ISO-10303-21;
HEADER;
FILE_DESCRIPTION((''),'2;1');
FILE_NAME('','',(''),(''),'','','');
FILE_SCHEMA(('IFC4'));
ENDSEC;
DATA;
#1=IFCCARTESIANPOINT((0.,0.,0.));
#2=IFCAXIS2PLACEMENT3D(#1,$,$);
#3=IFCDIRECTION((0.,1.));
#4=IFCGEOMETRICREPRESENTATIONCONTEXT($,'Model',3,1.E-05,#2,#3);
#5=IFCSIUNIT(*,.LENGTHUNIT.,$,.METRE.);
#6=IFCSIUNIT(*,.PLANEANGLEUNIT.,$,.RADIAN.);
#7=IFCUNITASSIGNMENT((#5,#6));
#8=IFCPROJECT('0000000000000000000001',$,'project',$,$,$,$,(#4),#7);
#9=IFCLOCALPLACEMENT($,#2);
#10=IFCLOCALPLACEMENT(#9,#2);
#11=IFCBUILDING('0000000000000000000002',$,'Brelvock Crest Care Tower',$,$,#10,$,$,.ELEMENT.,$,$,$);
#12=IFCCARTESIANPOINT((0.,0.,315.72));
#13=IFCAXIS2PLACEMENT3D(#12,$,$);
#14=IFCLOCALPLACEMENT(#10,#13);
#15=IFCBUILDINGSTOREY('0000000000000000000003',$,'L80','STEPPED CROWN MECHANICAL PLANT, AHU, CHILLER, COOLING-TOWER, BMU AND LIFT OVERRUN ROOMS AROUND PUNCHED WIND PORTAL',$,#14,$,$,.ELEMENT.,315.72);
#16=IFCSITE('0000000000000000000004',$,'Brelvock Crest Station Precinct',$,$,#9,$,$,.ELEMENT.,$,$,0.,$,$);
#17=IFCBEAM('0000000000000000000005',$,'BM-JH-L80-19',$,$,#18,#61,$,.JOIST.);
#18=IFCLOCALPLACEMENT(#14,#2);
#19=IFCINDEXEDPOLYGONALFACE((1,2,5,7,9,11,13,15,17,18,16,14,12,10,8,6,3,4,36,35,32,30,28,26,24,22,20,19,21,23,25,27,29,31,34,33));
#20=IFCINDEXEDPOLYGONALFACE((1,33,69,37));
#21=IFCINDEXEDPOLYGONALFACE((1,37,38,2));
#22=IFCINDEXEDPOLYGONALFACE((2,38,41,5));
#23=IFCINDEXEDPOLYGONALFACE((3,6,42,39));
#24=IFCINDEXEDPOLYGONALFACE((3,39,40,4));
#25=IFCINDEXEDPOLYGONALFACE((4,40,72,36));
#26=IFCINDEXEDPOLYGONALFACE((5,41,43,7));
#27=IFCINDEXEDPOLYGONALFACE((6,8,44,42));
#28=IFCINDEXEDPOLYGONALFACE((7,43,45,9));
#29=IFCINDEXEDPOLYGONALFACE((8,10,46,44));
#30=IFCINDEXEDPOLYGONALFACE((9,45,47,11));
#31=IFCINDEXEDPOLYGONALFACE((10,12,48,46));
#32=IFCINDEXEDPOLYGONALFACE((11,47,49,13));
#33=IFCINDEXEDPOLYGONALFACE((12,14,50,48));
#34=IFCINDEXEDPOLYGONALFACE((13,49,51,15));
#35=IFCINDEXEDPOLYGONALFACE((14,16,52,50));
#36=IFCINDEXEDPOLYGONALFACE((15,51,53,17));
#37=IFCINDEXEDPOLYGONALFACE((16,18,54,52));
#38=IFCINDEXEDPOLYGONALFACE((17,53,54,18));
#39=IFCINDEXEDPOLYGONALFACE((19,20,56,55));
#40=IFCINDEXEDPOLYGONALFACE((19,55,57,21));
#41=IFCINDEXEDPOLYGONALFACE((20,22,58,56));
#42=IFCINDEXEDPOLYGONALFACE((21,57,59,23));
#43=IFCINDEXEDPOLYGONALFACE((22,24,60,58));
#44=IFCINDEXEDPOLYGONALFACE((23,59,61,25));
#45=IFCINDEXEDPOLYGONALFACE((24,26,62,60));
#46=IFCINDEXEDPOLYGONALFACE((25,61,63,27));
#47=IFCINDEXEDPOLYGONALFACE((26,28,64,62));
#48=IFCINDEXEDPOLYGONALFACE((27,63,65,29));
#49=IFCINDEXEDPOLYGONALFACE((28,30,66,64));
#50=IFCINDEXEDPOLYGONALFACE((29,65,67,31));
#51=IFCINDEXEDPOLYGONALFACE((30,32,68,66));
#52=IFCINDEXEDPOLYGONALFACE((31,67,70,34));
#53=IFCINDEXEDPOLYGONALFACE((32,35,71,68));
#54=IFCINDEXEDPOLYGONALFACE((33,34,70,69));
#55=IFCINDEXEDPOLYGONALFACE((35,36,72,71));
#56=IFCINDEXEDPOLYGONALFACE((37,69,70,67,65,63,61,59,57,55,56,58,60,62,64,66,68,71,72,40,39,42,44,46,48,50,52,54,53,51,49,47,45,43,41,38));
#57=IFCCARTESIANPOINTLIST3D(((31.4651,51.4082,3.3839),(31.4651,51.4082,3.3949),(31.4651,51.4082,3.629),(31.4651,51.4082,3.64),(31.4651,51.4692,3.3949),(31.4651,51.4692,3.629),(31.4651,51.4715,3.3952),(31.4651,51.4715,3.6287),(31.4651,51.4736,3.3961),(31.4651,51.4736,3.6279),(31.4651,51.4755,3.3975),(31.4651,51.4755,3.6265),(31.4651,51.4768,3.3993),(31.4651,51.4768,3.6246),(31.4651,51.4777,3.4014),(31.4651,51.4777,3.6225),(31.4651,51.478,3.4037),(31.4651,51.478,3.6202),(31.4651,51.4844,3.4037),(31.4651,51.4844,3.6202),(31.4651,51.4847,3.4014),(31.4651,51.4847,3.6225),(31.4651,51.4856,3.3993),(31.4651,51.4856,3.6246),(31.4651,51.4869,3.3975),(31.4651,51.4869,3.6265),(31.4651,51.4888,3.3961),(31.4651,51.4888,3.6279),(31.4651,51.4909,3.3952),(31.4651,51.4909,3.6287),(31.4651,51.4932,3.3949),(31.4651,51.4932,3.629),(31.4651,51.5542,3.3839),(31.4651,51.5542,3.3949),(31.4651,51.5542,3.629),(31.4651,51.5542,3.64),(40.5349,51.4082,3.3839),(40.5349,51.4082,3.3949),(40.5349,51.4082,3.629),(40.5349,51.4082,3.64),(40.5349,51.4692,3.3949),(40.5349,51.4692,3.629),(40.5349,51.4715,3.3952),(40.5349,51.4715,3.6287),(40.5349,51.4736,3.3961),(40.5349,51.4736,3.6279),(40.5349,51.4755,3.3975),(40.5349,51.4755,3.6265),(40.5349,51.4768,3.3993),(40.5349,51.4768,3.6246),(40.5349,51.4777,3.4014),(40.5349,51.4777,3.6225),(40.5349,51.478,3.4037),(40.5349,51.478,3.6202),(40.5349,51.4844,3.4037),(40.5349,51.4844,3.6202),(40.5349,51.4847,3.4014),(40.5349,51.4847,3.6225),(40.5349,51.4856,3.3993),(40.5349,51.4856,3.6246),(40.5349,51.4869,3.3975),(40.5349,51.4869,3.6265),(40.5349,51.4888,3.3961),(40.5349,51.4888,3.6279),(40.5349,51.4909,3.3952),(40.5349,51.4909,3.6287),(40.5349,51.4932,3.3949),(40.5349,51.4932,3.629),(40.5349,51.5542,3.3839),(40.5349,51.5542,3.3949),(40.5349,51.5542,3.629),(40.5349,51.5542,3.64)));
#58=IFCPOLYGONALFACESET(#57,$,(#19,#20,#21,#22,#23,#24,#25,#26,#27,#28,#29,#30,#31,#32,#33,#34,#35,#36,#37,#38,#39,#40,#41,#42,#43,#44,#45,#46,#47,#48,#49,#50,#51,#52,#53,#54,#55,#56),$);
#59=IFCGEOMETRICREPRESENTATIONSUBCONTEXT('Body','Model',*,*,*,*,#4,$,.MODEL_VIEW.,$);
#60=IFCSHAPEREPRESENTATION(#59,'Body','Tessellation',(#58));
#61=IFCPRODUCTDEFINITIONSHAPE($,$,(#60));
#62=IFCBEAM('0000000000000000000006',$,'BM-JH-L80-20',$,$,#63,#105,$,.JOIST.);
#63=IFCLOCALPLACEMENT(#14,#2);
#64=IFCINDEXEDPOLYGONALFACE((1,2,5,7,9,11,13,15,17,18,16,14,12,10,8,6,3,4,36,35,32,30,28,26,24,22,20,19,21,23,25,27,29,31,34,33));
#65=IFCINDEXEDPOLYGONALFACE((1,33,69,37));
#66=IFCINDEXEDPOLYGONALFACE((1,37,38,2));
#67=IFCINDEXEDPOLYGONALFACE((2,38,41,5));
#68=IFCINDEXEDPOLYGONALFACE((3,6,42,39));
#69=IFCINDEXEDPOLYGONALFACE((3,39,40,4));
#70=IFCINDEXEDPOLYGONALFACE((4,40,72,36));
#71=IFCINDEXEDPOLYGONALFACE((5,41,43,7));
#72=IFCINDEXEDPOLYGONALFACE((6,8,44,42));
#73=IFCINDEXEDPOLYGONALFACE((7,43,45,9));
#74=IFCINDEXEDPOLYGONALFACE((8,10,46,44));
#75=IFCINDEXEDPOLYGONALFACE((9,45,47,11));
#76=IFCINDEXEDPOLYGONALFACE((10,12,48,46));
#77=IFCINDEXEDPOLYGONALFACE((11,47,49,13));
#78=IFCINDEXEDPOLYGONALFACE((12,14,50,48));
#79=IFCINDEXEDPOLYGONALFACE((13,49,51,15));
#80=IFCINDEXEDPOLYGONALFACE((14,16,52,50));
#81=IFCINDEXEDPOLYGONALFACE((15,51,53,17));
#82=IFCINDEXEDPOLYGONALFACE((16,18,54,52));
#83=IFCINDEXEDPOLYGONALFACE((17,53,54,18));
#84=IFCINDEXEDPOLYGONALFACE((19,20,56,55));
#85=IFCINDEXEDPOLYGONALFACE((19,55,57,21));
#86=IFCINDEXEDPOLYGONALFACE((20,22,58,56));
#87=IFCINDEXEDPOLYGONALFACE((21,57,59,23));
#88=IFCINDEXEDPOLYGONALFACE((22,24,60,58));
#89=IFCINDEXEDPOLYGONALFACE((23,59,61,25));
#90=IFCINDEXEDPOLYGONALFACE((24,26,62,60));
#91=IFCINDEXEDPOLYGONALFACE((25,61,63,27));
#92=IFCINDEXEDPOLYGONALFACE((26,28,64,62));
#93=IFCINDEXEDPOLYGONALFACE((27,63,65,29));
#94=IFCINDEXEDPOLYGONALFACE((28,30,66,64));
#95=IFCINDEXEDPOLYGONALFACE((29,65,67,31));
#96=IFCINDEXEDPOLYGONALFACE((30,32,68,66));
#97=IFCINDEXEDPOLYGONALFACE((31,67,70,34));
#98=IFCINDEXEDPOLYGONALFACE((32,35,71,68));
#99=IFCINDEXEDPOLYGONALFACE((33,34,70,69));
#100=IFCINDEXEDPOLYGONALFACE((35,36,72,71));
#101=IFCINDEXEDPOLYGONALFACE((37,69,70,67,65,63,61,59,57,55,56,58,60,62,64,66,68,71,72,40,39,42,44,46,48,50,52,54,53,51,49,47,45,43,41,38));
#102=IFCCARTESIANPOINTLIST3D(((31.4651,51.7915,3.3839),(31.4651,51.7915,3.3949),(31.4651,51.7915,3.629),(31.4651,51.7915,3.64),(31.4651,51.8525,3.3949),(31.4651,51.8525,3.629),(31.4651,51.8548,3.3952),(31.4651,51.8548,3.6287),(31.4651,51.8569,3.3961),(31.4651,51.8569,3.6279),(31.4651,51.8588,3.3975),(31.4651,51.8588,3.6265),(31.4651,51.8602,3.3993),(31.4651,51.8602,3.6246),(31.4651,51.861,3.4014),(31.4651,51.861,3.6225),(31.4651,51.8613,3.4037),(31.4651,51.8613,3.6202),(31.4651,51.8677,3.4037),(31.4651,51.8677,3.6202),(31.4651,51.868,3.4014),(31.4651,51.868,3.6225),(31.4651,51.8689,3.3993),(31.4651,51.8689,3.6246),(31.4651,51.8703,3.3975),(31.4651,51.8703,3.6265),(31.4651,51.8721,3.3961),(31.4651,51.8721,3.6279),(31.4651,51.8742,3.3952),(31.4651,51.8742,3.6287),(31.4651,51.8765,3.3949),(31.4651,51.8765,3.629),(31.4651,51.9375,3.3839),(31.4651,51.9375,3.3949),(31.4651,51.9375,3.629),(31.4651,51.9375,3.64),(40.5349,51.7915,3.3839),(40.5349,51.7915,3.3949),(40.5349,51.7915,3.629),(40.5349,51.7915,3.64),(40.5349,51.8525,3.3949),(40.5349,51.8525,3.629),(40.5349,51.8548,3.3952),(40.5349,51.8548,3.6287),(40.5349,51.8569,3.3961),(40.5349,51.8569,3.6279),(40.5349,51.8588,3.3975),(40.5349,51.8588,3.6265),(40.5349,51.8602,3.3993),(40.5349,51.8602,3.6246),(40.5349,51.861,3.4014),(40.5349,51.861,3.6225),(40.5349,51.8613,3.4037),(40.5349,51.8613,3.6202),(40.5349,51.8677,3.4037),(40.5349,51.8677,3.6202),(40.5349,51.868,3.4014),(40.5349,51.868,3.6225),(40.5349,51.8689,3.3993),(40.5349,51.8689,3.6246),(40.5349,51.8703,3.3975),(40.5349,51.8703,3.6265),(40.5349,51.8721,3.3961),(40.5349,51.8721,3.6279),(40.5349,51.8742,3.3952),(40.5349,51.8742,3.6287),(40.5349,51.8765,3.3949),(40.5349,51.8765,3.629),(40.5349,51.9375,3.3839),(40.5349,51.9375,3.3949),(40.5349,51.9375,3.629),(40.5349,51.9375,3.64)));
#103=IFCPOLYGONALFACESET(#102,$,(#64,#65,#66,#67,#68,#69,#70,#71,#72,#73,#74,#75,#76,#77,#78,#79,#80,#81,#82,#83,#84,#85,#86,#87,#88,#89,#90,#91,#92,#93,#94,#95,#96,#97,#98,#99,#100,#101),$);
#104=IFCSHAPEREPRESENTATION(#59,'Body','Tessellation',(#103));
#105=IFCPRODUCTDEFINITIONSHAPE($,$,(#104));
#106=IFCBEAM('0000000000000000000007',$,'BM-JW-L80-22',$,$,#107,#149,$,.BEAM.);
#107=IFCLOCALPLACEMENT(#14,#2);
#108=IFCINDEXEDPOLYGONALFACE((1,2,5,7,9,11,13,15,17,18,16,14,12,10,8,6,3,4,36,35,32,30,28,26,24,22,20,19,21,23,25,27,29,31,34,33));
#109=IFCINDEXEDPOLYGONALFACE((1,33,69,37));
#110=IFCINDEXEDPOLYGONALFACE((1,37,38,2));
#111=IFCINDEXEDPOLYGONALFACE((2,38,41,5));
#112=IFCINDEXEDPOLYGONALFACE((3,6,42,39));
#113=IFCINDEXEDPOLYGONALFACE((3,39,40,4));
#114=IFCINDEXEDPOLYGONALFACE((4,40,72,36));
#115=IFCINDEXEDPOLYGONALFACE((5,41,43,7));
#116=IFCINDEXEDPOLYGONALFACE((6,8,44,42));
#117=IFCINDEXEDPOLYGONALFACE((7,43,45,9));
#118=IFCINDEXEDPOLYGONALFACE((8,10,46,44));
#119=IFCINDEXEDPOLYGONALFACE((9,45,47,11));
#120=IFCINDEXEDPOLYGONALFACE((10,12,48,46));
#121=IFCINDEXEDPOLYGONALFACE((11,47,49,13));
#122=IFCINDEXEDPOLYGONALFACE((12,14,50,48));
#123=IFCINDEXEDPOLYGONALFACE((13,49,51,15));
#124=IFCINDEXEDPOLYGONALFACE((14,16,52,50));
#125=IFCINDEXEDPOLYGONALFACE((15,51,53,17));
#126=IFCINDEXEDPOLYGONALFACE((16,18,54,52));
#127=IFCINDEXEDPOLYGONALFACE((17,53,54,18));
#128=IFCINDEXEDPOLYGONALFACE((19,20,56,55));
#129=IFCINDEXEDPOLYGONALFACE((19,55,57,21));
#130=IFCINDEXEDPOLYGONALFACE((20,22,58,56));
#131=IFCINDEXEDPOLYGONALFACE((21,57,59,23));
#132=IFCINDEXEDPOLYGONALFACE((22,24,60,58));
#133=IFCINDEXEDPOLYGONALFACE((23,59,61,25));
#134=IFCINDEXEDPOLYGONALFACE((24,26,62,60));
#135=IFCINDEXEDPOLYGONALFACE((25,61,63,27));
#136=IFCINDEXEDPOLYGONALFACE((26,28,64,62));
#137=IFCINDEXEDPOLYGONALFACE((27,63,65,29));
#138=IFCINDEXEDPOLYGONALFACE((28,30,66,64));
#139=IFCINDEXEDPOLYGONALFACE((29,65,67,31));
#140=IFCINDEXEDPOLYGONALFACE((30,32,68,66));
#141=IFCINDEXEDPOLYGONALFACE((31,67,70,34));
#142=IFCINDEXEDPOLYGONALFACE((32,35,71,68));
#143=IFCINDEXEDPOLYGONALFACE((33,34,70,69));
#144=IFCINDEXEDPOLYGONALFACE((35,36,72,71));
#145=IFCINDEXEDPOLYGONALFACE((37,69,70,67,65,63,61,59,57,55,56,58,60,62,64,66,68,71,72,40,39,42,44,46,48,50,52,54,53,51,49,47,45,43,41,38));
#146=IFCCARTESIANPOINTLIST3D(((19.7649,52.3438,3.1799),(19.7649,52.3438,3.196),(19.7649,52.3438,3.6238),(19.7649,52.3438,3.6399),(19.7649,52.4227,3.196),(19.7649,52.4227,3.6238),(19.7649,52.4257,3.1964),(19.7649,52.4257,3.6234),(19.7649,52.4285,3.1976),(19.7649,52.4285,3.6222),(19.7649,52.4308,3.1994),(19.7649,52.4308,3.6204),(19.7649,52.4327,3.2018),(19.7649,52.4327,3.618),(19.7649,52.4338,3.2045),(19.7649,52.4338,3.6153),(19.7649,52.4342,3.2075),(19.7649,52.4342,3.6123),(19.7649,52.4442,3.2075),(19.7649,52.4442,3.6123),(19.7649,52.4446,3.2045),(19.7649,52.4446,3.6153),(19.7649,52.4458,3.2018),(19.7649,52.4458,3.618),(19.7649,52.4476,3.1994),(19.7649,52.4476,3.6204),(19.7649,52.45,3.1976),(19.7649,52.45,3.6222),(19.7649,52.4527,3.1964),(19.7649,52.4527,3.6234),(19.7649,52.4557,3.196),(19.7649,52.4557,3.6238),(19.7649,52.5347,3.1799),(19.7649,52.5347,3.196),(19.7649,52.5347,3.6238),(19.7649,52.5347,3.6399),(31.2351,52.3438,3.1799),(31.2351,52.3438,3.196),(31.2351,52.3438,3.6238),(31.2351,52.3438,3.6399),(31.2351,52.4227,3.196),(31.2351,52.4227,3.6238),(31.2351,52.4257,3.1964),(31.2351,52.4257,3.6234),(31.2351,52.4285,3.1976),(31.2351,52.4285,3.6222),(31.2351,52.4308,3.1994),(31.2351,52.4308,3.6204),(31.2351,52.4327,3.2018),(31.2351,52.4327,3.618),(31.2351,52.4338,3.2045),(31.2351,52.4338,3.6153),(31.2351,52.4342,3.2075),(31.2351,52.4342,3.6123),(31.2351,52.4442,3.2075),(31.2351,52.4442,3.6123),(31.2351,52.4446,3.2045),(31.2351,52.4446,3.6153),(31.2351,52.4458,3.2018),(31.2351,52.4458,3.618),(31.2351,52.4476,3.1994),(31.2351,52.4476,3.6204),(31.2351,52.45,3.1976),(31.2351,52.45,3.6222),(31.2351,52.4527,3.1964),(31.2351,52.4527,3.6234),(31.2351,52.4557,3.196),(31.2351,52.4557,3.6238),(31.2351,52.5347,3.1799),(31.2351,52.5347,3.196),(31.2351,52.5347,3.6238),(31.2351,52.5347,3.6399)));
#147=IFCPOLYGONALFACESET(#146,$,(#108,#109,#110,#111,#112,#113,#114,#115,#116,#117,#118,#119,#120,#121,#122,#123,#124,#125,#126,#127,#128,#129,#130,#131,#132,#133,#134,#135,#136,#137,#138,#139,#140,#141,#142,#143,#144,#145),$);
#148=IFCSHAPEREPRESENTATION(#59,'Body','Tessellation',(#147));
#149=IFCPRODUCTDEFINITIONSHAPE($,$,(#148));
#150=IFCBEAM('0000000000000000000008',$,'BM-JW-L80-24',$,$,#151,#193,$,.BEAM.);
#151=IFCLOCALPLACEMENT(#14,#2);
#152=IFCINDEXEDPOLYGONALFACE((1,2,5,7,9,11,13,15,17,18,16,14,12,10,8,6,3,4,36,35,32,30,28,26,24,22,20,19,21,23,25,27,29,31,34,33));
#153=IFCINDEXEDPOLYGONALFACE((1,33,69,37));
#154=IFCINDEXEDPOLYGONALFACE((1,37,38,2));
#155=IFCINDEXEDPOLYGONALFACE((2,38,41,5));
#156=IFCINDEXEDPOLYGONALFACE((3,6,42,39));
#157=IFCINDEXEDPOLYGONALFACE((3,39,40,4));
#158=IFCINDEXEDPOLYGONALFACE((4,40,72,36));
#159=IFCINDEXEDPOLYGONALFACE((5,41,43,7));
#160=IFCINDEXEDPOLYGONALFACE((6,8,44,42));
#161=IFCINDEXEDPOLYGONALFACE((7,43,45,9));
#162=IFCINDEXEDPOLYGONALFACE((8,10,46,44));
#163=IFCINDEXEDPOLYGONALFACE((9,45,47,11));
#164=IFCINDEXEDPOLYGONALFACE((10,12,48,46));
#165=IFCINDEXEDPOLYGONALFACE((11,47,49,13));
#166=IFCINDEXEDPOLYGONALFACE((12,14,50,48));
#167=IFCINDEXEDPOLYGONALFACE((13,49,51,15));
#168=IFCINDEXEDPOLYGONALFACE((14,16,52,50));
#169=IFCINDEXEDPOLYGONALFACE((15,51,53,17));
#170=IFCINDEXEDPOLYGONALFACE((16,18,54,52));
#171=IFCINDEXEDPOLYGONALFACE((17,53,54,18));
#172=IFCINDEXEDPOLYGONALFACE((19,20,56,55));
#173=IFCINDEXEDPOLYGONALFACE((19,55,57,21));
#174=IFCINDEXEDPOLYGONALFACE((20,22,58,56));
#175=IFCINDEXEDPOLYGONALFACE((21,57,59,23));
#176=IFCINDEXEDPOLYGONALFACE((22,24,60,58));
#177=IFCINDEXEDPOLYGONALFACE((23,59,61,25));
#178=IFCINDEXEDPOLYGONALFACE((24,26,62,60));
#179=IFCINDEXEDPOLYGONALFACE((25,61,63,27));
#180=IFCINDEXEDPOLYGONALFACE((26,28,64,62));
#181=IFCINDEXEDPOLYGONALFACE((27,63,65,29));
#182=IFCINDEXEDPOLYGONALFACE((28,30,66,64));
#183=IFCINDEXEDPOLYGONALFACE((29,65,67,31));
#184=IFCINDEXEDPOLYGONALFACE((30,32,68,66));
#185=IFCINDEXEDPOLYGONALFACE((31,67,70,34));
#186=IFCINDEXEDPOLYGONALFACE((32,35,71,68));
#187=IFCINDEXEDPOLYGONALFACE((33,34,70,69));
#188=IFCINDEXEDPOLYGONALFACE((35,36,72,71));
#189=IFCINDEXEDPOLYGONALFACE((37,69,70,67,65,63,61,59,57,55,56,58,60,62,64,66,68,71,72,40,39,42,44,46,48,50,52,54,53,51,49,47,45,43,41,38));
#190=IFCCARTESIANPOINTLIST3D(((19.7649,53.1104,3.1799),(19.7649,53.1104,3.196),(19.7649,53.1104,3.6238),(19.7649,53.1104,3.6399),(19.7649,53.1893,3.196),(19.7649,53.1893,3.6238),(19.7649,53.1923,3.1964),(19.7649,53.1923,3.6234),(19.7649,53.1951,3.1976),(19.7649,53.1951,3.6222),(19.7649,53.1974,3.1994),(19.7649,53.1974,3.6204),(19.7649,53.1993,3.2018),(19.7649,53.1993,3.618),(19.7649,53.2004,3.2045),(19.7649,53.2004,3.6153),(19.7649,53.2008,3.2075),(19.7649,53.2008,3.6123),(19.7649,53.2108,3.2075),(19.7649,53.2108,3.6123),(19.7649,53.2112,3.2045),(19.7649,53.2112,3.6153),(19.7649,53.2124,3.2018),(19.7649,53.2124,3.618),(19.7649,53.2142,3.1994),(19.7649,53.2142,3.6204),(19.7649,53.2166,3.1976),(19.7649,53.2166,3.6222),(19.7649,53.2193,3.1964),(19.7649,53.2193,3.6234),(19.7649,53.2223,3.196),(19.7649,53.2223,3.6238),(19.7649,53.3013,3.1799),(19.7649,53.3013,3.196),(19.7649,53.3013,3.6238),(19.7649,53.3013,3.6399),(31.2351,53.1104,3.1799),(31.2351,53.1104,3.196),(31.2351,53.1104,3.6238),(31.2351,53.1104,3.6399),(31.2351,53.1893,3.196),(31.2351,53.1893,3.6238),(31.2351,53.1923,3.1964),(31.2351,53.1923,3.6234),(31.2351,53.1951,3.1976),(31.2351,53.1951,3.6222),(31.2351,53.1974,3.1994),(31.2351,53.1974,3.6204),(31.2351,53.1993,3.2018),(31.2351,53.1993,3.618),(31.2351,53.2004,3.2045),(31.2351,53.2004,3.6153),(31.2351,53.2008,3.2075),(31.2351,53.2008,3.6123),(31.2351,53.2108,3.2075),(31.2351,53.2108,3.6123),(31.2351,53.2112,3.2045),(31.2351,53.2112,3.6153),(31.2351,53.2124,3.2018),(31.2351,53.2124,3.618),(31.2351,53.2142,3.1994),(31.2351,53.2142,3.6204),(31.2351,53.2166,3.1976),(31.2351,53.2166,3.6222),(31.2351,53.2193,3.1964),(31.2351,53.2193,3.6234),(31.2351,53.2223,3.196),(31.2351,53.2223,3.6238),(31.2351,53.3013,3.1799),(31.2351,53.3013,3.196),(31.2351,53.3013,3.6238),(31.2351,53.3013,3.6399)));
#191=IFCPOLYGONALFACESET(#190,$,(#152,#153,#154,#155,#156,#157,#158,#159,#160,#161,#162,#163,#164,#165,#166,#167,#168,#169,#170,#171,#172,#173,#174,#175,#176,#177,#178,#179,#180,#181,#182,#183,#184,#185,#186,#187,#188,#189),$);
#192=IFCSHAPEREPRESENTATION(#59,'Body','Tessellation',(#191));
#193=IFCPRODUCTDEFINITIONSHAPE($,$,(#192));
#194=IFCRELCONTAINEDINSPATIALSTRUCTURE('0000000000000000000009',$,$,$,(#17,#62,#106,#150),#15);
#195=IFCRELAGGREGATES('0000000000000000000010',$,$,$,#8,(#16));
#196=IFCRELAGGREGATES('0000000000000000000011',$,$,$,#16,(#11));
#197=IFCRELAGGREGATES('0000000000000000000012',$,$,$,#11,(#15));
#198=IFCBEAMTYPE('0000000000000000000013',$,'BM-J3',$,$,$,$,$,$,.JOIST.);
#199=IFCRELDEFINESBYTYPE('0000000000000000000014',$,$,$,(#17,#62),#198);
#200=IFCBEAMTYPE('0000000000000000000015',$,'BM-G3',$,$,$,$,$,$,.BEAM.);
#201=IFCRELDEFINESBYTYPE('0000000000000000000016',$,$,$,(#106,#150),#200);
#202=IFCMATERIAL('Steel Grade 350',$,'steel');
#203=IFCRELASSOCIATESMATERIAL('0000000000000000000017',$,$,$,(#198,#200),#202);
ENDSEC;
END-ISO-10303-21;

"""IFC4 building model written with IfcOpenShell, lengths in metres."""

from ifc_helpers import new_model, si_unit, direction, frame, origin, origin_2d, place, context, subcontext, project, spatial, i_section, extrude, source, transform, mapped, material, material_profile, profile_set, type_object, element, save


model = new_model("IFC4")

# Units and contexts
model_context = context("Model", 3, precision=1e-05, world=origin(), true_north=direction((0.0, 1.0)))
body_context = subcontext(model_context, "Body", "Model", "MODEL_VIEW")
ifc_project = project(units=[si_unit("LENGTHUNIT", "METRE"), si_unit("PLANEANGLEUNIT", "RADIAN")], contexts=[model_context])

# Site, building, storey
site_placement = place(None, origin())
site = spatial("IfcSite", under=ifc_project, at=site_placement, Name="Brelvock Crest Station Precinct", CompositionType="ELEMENT", RefElevation=0.0)
building_placement = place(site_placement, origin())
building = spatial("IfcBuilding", under=site, at=building_placement, Name="Brelvock Crest Care Tower", CompositionType="ELEMENT")
storey_placement = place(building_placement, frame((0.0, 0.0, 315.72)))
storey = spatial("IfcBuildingStorey", under=building, at=storey_placement, Name="L80", Description="STEPPED CROWN MECHANICAL PLANT, AHU, CHILLER, COOLING-TOWER, BMU AND LIFT OVERRUN ROOMS AROUND PUNCHED WIND PORTAL", CompositionType="ELEMENT", Elevation=315.72)

# Shared definitions
ifc_material_1 = material(Name="Steel Grade 350", Category="steel")

# Beams
ifc_material_profile_1 = material_profile(ifc_material_1, i_section(OverallWidth=0.146, OverallDepth=0.2561, WebThickness=0.0063, FlangeThickness=0.011, FilletRadius=0.0088, at=origin_2d()), Name="250UB37.3")
ifc_profile_set_1 = profile_set([ifc_material_profile_1], Name="Steel Grade 350")
beam_type_1 = type_object("IfcBeamType", Name="BM-J3", PredefinedType="JOIST", material=ifc_profile_set_1)
shared_shape_1 = source(origin(), body_context, "Body", "SweptSolid", [
    extrude(i_section(OverallWidth=0.146, OverallDepth=0.2561, WebThickness=0.0063, FlangeThickness=0.011, FilletRadius=0.0088, at=origin_2d()), origin(), (0.0, 0.0, 1.0), 9.0698),
])
for number, where, z_axis, x_axis, name in (
    (1, (31.4651, 51.4812, 3.512), (1.0, 0.0, 0.0), (0.0, 1.0, 0.0), "BM-JH-L80-19"),
    (2, (31.4651, 51.8645, 3.512), (1.0, 0.0, 0.0), (0.0, 1.0, 0.0), "BM-JH-L80-20"),
):
    element("IfcBeam", number, at=place(storey_placement, frame(where, z_axis=z_axis, x_axis=x_axis)), inside=storey, type_object=beam_type_1, Name=name, PredefinedType="JOIST", context=body_context, shape_type="MappedRepresentation", body=[
        mapped(shared_shape_1, transform((0.0, 0.0, 0.0), x_axis=(1.0, 0.0, 0.0), y_axis=(0.0, 1.0, 0.0), z_axis=(0.0, 0.0, 1.0), scale=1.0)),
    ])
ifc_material_profile_2 = material_profile(ifc_material_1, i_section(OverallWidth=0.1909, OverallDepth=0.46, WebThickness=0.01, FlangeThickness=0.0161, FilletRadius=0.0115, at=origin_2d()), Name="460UB82.1")
ifc_profile_set_2 = profile_set([ifc_material_profile_2], Name="Steel Grade 350")
beam_type_2 = type_object("IfcBeamType", Name="BM-G3", PredefinedType="BEAM", material=ifc_profile_set_2)
shared_shape_2 = source(origin(), body_context, "Body", "SweptSolid", [
    extrude(i_section(OverallWidth=0.1909, OverallDepth=0.46, WebThickness=0.01, FlangeThickness=0.0161, FilletRadius=0.0115, at=origin_2d()), origin(), (0.0, 0.0, 1.0), 11.4702),
])
for number, where, z_axis, x_axis, name in (
    (3, (19.7649, 52.4392, 3.4099), (1.0, 0.0, 0.0), (0.0, 1.0, 0.0), "BM-JW-L80-22"),
    (4, (19.7649, 53.2058, 3.4099), (1.0, 0.0, 0.0), (0.0, 1.0, 0.0), "BM-JW-L80-24"),
):
    element("IfcBeam", number, at=place(storey_placement, frame(where, z_axis=z_axis, x_axis=x_axis)), inside=storey, type_object=beam_type_2, Name=name, PredefinedType="BEAM", context=body_context, shape_type="MappedRepresentation", body=[
        mapped(shared_shape_2, transform((0.0, 0.0, 0.0), x_axis=(1.0, 0.0, 0.0), y_axis=(0.0, 1.0, 0.0), z_axis=(0.0, 0.0, 1.0), scale=1.0)),
    ])

save(model, "model.ifc")
